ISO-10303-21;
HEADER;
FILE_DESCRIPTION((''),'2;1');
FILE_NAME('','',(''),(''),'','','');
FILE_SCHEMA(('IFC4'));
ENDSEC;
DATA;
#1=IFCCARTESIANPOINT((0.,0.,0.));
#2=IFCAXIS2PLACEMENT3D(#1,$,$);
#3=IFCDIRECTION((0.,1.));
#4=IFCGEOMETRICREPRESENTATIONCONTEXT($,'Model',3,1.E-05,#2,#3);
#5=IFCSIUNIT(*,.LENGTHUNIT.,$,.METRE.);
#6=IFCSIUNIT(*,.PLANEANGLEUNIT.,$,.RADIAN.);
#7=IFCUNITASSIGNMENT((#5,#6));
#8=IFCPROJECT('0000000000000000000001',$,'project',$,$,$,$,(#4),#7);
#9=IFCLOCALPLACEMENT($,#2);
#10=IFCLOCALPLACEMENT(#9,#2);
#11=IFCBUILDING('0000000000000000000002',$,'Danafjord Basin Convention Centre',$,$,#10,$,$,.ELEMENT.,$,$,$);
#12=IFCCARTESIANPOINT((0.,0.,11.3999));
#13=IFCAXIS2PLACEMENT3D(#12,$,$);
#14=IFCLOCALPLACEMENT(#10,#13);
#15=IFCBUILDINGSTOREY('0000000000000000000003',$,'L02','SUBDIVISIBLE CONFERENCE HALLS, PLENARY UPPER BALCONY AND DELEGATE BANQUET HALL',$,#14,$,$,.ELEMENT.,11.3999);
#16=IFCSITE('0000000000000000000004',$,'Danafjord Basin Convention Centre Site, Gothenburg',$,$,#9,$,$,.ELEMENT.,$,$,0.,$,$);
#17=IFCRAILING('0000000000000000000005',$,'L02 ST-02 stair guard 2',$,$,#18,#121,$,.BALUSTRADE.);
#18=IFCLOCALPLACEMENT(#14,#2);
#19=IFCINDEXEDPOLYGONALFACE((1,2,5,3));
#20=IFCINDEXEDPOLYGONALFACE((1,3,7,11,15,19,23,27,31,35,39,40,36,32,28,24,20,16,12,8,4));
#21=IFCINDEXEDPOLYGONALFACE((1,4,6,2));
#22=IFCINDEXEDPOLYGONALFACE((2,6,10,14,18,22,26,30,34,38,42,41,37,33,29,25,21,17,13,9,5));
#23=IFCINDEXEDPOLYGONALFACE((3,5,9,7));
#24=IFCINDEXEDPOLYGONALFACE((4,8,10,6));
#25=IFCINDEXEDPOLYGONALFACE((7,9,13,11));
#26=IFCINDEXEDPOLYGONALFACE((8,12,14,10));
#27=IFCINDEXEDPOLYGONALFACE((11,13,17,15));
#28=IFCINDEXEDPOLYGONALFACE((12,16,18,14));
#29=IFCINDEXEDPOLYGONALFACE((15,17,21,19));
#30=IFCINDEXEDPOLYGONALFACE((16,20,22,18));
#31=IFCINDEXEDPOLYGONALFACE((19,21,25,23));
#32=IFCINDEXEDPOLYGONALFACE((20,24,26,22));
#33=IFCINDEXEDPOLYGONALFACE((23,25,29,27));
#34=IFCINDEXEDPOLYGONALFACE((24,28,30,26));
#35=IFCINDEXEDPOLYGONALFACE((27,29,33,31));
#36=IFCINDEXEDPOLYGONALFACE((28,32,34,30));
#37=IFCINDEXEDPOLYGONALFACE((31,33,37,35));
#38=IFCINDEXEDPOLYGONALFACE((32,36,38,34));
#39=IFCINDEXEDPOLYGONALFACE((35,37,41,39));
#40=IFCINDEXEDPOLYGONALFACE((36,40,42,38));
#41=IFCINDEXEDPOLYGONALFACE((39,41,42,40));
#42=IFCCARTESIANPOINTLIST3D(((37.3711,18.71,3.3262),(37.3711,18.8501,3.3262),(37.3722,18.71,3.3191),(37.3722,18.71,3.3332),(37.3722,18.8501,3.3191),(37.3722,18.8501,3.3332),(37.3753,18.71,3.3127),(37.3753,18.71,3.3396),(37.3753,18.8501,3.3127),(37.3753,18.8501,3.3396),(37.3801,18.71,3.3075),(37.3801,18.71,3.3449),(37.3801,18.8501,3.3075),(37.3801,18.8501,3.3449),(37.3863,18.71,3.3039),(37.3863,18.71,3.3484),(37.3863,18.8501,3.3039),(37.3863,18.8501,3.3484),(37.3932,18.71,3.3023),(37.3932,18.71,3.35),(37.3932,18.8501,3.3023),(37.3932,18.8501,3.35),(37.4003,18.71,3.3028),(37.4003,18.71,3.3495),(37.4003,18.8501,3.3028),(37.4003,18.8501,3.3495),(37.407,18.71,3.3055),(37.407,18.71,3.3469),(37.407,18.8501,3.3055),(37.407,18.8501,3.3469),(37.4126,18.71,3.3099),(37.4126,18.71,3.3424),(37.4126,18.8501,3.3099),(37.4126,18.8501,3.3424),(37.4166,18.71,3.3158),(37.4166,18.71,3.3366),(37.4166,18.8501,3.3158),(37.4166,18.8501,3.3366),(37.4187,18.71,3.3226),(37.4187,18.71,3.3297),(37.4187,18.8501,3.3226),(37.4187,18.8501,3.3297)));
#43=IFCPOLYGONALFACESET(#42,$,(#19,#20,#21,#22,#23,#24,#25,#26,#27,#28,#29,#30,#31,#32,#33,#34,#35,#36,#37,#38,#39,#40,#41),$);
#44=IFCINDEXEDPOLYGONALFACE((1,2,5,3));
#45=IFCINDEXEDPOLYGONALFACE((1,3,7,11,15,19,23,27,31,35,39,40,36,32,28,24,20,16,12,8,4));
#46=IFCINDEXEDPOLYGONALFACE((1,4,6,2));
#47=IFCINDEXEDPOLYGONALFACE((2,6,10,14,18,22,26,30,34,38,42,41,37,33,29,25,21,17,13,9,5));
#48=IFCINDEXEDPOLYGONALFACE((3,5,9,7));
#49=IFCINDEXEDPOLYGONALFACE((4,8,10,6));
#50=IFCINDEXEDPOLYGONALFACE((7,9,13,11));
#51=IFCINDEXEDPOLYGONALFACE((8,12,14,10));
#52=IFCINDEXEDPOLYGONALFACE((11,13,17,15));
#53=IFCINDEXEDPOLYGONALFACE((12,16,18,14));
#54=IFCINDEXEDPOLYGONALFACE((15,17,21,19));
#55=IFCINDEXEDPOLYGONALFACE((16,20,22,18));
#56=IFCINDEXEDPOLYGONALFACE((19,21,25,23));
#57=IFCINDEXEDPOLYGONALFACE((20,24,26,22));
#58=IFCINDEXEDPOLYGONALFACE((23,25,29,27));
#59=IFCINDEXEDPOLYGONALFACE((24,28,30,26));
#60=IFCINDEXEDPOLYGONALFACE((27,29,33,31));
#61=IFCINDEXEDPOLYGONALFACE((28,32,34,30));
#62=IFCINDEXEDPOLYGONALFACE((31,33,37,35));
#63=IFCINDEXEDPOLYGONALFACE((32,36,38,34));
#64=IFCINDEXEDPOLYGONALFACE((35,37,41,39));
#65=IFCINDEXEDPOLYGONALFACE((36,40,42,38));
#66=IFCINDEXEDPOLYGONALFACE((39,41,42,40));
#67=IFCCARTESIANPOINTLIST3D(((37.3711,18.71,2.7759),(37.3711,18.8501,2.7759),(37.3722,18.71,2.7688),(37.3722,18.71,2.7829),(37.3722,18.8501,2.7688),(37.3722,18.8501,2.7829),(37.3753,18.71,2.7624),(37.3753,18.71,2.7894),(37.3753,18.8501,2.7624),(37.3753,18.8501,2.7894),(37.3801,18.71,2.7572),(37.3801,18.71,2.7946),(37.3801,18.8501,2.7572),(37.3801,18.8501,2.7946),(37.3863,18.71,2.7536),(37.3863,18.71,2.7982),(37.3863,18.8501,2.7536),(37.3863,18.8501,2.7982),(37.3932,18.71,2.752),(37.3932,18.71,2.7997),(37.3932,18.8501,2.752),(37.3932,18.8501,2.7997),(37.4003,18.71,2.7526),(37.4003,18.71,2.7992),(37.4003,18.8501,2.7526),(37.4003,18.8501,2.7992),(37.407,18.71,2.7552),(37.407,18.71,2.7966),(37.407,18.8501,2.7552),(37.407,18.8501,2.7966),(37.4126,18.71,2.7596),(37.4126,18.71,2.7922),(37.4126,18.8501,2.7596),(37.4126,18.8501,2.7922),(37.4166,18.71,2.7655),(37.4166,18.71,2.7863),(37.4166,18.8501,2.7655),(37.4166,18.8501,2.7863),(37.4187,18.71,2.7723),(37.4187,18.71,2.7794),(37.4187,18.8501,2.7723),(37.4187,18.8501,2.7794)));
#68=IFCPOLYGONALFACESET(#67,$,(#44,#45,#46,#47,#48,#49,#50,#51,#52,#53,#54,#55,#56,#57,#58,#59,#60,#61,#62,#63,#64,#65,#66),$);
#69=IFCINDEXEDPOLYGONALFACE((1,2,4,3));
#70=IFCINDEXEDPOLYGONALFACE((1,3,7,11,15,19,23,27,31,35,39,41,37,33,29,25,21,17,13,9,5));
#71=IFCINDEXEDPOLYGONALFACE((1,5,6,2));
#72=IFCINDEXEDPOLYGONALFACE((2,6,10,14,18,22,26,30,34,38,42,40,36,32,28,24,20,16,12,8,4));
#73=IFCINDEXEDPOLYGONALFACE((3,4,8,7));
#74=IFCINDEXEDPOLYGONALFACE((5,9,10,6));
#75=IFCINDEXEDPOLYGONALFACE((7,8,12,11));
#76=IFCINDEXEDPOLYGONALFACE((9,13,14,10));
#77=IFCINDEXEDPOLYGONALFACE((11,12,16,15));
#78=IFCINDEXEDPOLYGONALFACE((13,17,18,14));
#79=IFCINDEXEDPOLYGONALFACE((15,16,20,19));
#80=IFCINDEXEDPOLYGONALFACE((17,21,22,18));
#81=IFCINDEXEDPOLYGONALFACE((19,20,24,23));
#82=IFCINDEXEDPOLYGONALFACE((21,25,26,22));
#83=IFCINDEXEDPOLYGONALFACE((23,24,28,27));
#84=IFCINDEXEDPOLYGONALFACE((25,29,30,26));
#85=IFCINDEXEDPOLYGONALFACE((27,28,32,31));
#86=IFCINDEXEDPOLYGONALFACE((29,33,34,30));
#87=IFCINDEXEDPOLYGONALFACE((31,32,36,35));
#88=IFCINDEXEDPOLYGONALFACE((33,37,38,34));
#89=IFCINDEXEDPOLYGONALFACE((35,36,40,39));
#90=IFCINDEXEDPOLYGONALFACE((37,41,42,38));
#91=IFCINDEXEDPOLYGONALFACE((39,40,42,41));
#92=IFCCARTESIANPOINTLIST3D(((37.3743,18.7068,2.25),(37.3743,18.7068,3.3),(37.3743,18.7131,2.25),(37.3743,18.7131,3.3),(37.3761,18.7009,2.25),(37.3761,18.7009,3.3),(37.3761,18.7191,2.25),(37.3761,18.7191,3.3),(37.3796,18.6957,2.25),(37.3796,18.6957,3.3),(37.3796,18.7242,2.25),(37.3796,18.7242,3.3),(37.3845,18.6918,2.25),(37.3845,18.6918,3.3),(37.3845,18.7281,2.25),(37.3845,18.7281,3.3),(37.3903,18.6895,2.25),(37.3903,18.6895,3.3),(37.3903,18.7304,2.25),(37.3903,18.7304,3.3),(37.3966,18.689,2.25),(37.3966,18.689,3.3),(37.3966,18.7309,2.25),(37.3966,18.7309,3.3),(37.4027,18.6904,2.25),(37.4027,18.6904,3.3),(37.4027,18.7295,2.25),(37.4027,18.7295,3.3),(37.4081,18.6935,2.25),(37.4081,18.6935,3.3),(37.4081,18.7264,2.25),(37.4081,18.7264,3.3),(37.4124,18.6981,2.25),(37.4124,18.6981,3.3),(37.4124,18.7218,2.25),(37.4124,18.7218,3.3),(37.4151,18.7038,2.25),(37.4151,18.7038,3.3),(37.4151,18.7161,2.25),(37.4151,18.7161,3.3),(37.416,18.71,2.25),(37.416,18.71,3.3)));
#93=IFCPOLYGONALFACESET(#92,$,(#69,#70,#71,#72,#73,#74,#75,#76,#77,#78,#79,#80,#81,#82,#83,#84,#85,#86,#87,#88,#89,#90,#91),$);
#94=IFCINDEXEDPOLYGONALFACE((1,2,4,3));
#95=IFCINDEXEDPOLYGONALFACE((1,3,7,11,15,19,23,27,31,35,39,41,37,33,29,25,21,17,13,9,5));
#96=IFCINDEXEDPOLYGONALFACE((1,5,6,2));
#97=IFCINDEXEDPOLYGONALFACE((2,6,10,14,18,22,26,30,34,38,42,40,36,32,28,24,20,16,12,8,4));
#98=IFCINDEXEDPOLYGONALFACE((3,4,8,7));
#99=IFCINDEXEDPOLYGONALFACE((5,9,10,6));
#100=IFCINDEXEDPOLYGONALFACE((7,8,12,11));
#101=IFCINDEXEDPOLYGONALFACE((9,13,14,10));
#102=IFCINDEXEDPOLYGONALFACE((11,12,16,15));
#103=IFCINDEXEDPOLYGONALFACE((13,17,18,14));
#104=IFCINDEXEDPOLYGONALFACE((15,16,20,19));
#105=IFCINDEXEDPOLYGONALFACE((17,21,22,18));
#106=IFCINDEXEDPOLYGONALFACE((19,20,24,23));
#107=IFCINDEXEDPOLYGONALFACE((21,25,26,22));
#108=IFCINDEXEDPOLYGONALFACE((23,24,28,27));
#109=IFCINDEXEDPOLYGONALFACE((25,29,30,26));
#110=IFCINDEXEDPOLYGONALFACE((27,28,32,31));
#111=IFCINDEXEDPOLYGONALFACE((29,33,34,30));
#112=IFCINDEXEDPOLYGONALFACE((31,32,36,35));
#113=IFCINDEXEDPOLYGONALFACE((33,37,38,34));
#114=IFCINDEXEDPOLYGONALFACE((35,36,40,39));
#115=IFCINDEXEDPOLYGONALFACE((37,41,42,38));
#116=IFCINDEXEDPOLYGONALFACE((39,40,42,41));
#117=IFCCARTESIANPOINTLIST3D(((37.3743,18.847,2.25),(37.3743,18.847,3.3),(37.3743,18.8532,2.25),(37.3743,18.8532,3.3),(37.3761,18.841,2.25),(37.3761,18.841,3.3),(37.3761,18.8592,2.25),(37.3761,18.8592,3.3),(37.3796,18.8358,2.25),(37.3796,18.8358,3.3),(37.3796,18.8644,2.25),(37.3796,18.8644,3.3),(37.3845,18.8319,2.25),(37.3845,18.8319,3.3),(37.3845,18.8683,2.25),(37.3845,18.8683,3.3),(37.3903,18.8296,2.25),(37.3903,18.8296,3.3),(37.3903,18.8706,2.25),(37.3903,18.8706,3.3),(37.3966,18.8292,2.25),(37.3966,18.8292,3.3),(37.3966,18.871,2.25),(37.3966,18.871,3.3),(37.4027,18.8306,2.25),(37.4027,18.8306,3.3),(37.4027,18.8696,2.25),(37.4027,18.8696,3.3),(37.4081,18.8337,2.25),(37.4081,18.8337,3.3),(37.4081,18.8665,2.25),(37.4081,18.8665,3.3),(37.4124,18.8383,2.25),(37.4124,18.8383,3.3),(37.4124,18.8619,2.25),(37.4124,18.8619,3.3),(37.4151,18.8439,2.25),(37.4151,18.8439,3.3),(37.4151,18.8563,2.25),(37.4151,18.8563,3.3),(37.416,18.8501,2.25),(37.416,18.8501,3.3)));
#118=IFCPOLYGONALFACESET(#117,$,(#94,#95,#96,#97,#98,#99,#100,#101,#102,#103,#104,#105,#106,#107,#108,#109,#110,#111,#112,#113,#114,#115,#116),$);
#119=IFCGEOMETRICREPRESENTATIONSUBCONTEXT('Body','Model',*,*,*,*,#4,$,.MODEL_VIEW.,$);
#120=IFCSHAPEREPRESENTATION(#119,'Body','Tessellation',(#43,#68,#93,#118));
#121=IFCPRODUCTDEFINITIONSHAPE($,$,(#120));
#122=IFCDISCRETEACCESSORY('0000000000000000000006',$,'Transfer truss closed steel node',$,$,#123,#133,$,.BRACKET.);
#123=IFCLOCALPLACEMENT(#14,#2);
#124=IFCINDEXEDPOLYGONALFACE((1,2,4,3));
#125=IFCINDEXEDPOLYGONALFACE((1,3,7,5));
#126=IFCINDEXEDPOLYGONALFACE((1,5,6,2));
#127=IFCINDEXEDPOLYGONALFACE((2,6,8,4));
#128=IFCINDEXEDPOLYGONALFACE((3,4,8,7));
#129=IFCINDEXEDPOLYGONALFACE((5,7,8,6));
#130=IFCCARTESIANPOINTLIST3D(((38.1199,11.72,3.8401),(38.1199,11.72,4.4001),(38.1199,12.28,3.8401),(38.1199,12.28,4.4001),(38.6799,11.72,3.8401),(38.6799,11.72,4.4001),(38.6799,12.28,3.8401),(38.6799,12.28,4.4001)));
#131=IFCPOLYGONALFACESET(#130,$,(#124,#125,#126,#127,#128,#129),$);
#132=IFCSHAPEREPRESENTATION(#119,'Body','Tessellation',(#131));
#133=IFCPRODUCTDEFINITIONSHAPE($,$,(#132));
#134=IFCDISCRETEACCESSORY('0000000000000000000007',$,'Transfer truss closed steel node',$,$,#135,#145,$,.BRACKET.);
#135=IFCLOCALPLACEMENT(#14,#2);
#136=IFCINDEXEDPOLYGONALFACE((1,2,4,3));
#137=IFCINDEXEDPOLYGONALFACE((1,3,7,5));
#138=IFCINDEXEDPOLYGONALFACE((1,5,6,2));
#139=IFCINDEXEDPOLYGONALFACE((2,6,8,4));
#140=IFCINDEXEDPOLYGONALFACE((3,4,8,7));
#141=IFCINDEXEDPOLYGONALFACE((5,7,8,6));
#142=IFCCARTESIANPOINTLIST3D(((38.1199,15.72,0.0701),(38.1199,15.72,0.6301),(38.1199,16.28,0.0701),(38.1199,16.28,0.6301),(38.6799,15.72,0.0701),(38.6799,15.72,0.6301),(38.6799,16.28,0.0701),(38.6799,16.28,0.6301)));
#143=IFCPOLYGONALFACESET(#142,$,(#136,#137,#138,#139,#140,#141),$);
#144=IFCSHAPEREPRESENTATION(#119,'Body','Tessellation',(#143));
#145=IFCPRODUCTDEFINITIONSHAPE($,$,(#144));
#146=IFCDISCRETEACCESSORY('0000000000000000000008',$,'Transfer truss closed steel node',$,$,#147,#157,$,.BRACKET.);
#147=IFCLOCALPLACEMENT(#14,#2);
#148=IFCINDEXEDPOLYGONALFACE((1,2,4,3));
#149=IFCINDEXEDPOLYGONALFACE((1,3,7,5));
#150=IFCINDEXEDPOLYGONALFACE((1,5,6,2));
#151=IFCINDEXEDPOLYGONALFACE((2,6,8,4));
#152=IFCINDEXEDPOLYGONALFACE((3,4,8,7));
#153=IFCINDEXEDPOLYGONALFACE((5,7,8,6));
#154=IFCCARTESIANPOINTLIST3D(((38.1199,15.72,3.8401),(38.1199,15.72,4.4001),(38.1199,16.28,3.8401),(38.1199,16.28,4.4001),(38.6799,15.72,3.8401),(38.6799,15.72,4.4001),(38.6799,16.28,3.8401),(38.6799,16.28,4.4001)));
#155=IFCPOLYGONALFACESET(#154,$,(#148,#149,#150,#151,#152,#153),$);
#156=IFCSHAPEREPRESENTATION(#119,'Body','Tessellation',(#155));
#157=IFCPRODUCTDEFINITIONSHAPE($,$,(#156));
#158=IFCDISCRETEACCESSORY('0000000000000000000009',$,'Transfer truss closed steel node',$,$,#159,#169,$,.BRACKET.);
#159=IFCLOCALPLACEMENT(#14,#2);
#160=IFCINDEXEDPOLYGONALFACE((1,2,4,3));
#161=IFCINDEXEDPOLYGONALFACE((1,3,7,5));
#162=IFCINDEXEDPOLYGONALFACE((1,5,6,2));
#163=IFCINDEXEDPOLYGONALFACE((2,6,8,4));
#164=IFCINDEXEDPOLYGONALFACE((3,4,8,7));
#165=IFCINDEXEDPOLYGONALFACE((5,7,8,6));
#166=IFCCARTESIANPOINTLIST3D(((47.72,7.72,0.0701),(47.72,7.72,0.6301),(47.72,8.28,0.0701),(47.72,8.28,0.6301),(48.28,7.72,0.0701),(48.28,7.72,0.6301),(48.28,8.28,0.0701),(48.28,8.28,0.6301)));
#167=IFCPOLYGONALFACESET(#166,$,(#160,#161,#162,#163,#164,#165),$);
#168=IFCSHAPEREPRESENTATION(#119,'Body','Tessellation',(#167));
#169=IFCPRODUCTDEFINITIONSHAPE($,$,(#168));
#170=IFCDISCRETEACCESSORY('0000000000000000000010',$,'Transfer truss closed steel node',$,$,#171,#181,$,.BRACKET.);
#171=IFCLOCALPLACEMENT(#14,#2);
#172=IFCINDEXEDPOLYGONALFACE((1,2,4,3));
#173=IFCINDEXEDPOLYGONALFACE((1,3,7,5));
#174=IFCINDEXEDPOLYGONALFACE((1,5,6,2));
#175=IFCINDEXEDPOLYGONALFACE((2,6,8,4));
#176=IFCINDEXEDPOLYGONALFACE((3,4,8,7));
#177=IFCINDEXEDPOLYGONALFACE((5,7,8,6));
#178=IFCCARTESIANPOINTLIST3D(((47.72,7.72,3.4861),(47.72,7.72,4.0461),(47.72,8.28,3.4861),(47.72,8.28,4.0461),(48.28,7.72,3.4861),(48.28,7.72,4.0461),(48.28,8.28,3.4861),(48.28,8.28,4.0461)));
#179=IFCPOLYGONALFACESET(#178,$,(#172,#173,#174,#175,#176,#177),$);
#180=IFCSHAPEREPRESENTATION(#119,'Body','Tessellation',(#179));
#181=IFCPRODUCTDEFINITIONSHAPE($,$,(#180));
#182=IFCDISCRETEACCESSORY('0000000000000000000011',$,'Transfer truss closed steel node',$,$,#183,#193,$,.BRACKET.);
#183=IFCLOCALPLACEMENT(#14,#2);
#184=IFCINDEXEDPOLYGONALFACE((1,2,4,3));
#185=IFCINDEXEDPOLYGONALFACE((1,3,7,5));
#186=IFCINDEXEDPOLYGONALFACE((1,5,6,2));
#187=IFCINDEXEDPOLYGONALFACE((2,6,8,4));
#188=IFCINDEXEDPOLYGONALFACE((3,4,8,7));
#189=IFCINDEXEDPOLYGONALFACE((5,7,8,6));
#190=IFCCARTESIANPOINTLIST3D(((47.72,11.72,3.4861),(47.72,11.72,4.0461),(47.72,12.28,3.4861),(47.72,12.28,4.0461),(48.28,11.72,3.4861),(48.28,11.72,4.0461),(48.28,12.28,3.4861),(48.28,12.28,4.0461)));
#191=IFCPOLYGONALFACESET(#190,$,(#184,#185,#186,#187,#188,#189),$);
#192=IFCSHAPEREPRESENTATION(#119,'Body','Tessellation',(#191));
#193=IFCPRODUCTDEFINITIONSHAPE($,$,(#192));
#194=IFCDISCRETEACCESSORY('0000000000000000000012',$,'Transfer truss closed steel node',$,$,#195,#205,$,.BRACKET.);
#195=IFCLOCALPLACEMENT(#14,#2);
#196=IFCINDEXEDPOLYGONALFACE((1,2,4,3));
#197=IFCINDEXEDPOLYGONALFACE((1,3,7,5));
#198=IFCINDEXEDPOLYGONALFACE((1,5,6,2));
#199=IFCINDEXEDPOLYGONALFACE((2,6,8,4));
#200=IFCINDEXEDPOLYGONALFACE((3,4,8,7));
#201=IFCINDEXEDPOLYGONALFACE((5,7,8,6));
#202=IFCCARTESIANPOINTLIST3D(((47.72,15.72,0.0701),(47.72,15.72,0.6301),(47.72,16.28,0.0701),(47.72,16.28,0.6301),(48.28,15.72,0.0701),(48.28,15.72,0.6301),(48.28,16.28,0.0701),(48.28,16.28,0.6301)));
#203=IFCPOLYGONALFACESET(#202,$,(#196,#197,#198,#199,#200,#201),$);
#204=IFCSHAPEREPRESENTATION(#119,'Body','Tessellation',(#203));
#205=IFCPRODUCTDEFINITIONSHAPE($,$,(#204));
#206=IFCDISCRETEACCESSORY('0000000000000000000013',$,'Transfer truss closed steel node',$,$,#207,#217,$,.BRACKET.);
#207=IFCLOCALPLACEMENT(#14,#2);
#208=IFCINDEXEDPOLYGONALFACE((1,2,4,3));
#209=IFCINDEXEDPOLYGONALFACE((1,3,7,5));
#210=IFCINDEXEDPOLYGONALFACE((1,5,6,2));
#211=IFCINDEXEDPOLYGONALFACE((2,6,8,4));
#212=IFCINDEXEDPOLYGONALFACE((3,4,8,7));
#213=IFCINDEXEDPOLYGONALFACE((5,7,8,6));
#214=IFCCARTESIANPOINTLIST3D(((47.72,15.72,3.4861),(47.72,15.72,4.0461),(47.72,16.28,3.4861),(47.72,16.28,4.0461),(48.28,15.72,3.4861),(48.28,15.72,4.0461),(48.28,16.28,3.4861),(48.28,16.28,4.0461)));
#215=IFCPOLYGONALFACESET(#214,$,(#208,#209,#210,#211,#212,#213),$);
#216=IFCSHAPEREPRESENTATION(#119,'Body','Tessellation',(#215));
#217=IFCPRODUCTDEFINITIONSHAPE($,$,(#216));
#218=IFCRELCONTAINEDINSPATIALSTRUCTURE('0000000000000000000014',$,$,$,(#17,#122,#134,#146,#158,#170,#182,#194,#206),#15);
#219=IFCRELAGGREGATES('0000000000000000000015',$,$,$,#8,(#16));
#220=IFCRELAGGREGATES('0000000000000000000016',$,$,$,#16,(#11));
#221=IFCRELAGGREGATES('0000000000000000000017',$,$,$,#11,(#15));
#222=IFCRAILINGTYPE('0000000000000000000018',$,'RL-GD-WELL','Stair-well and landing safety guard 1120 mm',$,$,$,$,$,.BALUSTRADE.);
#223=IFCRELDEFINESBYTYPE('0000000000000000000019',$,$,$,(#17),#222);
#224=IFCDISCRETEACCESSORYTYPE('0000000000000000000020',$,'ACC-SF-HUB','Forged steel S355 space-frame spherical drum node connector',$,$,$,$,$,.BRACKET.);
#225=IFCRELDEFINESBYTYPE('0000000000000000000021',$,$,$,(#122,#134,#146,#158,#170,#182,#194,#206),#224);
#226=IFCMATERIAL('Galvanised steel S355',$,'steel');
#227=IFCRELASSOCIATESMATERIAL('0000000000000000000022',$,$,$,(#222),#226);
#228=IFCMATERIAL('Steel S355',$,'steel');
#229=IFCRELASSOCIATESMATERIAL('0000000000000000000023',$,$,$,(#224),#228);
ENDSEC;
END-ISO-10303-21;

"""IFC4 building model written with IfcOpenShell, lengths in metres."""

from ifc_helpers import new_model, si_unit, direction, frame, origin, origin_2d, place, context, subcontext, project, spatial, rectangle, circle, extrude, material, type_object, element, save


model = new_model("IFC4")

# Units and contexts
model_context = context("Model", 3, precision=1e-05, world=origin(), true_north=direction((0.0, 1.0)))
body_context = subcontext(model_context, "Body", "Model", "MODEL_VIEW")
ifc_project = project(units=[si_unit("LENGTHUNIT", "METRE"), si_unit("PLANEANGLEUNIT", "RADIAN")], contexts=[model_context])

# Site, building, storey
site_placement = place(None, origin())
site = spatial("IfcSite", under=ifc_project, at=site_placement, Name="Danafjord Basin Convention Centre Site, Gothenburg", CompositionType="ELEMENT", RefElevation=0.0)
building_placement = place(site_placement, origin())
building = spatial("IfcBuilding", under=site, at=building_placement, Name="Danafjord Basin Convention Centre", CompositionType="ELEMENT")
storey_placement = place(building_placement, frame((0.0, 0.0, 11.3999)))
storey = spatial("IfcBuildingStorey", under=building, at=storey_placement, Name="L02", Description="SUBDIVISIBLE CONFERENCE HALLS, PLENARY UPPER BALCONY AND DELEGATE BANQUET HALL", CompositionType="ELEMENT", Elevation=11.3999)

# Shared definitions
ifc_material_1 = material(Name="Steel S355", Category="steel")

# Railing
ifc_material_2 = material(Name="Galvanised steel S355", Category="steel")
railing_type = type_object("IfcRailingType", Name="RL-GD-WELL", Description="Stair-well and landing safety guard 1120 mm", PredefinedType="BALUSTRADE", material=ifc_material_2)
railing_placement = place(storey_placement, frame((37.395, 18.71, 2.25)))
element("IfcRailing", 1, at=railing_placement, inside=storey, type_object=railing_type, Name="L02 ST-02 stair guard 2", PredefinedType="BALUSTRADE", context=body_context, shape_type="SweptSolid", body=[
    extrude(circle(Radius=0.0239, at=origin_2d()), frame((0.0, 0.0, 1.0762), z_axis=(0.0, 1.0, 0.0), x_axis=(-1.0, 0.0, 0.0)), (0.0, 0.0, 1.0), 0.1401),
    extrude(circle(Radius=0.0239, at=origin_2d()), frame((0.0, 0.0, 0.5259), z_axis=(0.0, 1.0, 0.0), x_axis=(-1.0, 0.0, 0.0)), (0.0, 0.0, 1.0), 0.1401),
    extrude(circle(Radius=0.021, at=origin_2d()), origin(), (0.0, 0.0, 1.0), 1.05),
    extrude(circle(Radius=0.021, at=origin_2d()), frame((0.0, 0.1401, 0.0)), (0.0, 0.0, 1.0), 1.05),
])

# Discrete accessories
discrete_accessory_type = type_object("IfcDiscreteAccessoryType", Name="ACC-SF-HUB", Description="Forged steel S355 space-frame spherical drum node connector", PredefinedType="BRACKET", material=ifc_material_1)
for number, where, z_axis, x_axis, name in (
    (2, (38.3999, 12.0, 3.8401), (0.0, 0.0, 1.0), (1.0, 0.0, 0.0), "Transfer truss closed steel node"),
    (3, (38.3999, 16.0, 0.0701), (0.0, 0.0, 1.0), (1.0, 0.0, 0.0), "Transfer truss closed steel node"),
    (4, (38.3999, 16.0, 3.8401), (0.0, 0.0, 1.0), (1.0, 0.0, 0.0), "Transfer truss closed steel node"),
    (5, (48.0, 8.0, 0.0701), (0.0, 0.0, 1.0), (1.0, 0.0, 0.0), "Transfer truss closed steel node"),
    (6, (48.0, 8.0, 3.4861), (0.0, 0.0, 1.0), (1.0, 0.0, 0.0), "Transfer truss closed steel node"),
    (7, (48.0, 12.0, 3.4861), (0.0, 0.0, 1.0), (1.0, 0.0, 0.0), "Transfer truss closed steel node"),
    (8, (48.0, 16.0, 0.0701), (0.0, 0.0, 1.0), (1.0, 0.0, 0.0), "Transfer truss closed steel node"),
    (9, (48.0, 16.0, 3.4861), (0.0, 0.0, 1.0), (1.0, 0.0, 0.0), "Transfer truss closed steel node"),
):
    element("IfcDiscreteAccessory", number, at=place(storey_placement, frame(where, z_axis=z_axis, x_axis=x_axis)), inside=storey, type_object=discrete_accessory_type, Name=name, PredefinedType="BRACKET", context=body_context, shape_type="SweptSolid", body=[
        extrude(rectangle(XDim=0.5601, YDim=0.5601, at=origin_2d()), origin(), (0.0, 0.0, 1.0), 0.5601),
    ])

save(model, "model.ifc")
